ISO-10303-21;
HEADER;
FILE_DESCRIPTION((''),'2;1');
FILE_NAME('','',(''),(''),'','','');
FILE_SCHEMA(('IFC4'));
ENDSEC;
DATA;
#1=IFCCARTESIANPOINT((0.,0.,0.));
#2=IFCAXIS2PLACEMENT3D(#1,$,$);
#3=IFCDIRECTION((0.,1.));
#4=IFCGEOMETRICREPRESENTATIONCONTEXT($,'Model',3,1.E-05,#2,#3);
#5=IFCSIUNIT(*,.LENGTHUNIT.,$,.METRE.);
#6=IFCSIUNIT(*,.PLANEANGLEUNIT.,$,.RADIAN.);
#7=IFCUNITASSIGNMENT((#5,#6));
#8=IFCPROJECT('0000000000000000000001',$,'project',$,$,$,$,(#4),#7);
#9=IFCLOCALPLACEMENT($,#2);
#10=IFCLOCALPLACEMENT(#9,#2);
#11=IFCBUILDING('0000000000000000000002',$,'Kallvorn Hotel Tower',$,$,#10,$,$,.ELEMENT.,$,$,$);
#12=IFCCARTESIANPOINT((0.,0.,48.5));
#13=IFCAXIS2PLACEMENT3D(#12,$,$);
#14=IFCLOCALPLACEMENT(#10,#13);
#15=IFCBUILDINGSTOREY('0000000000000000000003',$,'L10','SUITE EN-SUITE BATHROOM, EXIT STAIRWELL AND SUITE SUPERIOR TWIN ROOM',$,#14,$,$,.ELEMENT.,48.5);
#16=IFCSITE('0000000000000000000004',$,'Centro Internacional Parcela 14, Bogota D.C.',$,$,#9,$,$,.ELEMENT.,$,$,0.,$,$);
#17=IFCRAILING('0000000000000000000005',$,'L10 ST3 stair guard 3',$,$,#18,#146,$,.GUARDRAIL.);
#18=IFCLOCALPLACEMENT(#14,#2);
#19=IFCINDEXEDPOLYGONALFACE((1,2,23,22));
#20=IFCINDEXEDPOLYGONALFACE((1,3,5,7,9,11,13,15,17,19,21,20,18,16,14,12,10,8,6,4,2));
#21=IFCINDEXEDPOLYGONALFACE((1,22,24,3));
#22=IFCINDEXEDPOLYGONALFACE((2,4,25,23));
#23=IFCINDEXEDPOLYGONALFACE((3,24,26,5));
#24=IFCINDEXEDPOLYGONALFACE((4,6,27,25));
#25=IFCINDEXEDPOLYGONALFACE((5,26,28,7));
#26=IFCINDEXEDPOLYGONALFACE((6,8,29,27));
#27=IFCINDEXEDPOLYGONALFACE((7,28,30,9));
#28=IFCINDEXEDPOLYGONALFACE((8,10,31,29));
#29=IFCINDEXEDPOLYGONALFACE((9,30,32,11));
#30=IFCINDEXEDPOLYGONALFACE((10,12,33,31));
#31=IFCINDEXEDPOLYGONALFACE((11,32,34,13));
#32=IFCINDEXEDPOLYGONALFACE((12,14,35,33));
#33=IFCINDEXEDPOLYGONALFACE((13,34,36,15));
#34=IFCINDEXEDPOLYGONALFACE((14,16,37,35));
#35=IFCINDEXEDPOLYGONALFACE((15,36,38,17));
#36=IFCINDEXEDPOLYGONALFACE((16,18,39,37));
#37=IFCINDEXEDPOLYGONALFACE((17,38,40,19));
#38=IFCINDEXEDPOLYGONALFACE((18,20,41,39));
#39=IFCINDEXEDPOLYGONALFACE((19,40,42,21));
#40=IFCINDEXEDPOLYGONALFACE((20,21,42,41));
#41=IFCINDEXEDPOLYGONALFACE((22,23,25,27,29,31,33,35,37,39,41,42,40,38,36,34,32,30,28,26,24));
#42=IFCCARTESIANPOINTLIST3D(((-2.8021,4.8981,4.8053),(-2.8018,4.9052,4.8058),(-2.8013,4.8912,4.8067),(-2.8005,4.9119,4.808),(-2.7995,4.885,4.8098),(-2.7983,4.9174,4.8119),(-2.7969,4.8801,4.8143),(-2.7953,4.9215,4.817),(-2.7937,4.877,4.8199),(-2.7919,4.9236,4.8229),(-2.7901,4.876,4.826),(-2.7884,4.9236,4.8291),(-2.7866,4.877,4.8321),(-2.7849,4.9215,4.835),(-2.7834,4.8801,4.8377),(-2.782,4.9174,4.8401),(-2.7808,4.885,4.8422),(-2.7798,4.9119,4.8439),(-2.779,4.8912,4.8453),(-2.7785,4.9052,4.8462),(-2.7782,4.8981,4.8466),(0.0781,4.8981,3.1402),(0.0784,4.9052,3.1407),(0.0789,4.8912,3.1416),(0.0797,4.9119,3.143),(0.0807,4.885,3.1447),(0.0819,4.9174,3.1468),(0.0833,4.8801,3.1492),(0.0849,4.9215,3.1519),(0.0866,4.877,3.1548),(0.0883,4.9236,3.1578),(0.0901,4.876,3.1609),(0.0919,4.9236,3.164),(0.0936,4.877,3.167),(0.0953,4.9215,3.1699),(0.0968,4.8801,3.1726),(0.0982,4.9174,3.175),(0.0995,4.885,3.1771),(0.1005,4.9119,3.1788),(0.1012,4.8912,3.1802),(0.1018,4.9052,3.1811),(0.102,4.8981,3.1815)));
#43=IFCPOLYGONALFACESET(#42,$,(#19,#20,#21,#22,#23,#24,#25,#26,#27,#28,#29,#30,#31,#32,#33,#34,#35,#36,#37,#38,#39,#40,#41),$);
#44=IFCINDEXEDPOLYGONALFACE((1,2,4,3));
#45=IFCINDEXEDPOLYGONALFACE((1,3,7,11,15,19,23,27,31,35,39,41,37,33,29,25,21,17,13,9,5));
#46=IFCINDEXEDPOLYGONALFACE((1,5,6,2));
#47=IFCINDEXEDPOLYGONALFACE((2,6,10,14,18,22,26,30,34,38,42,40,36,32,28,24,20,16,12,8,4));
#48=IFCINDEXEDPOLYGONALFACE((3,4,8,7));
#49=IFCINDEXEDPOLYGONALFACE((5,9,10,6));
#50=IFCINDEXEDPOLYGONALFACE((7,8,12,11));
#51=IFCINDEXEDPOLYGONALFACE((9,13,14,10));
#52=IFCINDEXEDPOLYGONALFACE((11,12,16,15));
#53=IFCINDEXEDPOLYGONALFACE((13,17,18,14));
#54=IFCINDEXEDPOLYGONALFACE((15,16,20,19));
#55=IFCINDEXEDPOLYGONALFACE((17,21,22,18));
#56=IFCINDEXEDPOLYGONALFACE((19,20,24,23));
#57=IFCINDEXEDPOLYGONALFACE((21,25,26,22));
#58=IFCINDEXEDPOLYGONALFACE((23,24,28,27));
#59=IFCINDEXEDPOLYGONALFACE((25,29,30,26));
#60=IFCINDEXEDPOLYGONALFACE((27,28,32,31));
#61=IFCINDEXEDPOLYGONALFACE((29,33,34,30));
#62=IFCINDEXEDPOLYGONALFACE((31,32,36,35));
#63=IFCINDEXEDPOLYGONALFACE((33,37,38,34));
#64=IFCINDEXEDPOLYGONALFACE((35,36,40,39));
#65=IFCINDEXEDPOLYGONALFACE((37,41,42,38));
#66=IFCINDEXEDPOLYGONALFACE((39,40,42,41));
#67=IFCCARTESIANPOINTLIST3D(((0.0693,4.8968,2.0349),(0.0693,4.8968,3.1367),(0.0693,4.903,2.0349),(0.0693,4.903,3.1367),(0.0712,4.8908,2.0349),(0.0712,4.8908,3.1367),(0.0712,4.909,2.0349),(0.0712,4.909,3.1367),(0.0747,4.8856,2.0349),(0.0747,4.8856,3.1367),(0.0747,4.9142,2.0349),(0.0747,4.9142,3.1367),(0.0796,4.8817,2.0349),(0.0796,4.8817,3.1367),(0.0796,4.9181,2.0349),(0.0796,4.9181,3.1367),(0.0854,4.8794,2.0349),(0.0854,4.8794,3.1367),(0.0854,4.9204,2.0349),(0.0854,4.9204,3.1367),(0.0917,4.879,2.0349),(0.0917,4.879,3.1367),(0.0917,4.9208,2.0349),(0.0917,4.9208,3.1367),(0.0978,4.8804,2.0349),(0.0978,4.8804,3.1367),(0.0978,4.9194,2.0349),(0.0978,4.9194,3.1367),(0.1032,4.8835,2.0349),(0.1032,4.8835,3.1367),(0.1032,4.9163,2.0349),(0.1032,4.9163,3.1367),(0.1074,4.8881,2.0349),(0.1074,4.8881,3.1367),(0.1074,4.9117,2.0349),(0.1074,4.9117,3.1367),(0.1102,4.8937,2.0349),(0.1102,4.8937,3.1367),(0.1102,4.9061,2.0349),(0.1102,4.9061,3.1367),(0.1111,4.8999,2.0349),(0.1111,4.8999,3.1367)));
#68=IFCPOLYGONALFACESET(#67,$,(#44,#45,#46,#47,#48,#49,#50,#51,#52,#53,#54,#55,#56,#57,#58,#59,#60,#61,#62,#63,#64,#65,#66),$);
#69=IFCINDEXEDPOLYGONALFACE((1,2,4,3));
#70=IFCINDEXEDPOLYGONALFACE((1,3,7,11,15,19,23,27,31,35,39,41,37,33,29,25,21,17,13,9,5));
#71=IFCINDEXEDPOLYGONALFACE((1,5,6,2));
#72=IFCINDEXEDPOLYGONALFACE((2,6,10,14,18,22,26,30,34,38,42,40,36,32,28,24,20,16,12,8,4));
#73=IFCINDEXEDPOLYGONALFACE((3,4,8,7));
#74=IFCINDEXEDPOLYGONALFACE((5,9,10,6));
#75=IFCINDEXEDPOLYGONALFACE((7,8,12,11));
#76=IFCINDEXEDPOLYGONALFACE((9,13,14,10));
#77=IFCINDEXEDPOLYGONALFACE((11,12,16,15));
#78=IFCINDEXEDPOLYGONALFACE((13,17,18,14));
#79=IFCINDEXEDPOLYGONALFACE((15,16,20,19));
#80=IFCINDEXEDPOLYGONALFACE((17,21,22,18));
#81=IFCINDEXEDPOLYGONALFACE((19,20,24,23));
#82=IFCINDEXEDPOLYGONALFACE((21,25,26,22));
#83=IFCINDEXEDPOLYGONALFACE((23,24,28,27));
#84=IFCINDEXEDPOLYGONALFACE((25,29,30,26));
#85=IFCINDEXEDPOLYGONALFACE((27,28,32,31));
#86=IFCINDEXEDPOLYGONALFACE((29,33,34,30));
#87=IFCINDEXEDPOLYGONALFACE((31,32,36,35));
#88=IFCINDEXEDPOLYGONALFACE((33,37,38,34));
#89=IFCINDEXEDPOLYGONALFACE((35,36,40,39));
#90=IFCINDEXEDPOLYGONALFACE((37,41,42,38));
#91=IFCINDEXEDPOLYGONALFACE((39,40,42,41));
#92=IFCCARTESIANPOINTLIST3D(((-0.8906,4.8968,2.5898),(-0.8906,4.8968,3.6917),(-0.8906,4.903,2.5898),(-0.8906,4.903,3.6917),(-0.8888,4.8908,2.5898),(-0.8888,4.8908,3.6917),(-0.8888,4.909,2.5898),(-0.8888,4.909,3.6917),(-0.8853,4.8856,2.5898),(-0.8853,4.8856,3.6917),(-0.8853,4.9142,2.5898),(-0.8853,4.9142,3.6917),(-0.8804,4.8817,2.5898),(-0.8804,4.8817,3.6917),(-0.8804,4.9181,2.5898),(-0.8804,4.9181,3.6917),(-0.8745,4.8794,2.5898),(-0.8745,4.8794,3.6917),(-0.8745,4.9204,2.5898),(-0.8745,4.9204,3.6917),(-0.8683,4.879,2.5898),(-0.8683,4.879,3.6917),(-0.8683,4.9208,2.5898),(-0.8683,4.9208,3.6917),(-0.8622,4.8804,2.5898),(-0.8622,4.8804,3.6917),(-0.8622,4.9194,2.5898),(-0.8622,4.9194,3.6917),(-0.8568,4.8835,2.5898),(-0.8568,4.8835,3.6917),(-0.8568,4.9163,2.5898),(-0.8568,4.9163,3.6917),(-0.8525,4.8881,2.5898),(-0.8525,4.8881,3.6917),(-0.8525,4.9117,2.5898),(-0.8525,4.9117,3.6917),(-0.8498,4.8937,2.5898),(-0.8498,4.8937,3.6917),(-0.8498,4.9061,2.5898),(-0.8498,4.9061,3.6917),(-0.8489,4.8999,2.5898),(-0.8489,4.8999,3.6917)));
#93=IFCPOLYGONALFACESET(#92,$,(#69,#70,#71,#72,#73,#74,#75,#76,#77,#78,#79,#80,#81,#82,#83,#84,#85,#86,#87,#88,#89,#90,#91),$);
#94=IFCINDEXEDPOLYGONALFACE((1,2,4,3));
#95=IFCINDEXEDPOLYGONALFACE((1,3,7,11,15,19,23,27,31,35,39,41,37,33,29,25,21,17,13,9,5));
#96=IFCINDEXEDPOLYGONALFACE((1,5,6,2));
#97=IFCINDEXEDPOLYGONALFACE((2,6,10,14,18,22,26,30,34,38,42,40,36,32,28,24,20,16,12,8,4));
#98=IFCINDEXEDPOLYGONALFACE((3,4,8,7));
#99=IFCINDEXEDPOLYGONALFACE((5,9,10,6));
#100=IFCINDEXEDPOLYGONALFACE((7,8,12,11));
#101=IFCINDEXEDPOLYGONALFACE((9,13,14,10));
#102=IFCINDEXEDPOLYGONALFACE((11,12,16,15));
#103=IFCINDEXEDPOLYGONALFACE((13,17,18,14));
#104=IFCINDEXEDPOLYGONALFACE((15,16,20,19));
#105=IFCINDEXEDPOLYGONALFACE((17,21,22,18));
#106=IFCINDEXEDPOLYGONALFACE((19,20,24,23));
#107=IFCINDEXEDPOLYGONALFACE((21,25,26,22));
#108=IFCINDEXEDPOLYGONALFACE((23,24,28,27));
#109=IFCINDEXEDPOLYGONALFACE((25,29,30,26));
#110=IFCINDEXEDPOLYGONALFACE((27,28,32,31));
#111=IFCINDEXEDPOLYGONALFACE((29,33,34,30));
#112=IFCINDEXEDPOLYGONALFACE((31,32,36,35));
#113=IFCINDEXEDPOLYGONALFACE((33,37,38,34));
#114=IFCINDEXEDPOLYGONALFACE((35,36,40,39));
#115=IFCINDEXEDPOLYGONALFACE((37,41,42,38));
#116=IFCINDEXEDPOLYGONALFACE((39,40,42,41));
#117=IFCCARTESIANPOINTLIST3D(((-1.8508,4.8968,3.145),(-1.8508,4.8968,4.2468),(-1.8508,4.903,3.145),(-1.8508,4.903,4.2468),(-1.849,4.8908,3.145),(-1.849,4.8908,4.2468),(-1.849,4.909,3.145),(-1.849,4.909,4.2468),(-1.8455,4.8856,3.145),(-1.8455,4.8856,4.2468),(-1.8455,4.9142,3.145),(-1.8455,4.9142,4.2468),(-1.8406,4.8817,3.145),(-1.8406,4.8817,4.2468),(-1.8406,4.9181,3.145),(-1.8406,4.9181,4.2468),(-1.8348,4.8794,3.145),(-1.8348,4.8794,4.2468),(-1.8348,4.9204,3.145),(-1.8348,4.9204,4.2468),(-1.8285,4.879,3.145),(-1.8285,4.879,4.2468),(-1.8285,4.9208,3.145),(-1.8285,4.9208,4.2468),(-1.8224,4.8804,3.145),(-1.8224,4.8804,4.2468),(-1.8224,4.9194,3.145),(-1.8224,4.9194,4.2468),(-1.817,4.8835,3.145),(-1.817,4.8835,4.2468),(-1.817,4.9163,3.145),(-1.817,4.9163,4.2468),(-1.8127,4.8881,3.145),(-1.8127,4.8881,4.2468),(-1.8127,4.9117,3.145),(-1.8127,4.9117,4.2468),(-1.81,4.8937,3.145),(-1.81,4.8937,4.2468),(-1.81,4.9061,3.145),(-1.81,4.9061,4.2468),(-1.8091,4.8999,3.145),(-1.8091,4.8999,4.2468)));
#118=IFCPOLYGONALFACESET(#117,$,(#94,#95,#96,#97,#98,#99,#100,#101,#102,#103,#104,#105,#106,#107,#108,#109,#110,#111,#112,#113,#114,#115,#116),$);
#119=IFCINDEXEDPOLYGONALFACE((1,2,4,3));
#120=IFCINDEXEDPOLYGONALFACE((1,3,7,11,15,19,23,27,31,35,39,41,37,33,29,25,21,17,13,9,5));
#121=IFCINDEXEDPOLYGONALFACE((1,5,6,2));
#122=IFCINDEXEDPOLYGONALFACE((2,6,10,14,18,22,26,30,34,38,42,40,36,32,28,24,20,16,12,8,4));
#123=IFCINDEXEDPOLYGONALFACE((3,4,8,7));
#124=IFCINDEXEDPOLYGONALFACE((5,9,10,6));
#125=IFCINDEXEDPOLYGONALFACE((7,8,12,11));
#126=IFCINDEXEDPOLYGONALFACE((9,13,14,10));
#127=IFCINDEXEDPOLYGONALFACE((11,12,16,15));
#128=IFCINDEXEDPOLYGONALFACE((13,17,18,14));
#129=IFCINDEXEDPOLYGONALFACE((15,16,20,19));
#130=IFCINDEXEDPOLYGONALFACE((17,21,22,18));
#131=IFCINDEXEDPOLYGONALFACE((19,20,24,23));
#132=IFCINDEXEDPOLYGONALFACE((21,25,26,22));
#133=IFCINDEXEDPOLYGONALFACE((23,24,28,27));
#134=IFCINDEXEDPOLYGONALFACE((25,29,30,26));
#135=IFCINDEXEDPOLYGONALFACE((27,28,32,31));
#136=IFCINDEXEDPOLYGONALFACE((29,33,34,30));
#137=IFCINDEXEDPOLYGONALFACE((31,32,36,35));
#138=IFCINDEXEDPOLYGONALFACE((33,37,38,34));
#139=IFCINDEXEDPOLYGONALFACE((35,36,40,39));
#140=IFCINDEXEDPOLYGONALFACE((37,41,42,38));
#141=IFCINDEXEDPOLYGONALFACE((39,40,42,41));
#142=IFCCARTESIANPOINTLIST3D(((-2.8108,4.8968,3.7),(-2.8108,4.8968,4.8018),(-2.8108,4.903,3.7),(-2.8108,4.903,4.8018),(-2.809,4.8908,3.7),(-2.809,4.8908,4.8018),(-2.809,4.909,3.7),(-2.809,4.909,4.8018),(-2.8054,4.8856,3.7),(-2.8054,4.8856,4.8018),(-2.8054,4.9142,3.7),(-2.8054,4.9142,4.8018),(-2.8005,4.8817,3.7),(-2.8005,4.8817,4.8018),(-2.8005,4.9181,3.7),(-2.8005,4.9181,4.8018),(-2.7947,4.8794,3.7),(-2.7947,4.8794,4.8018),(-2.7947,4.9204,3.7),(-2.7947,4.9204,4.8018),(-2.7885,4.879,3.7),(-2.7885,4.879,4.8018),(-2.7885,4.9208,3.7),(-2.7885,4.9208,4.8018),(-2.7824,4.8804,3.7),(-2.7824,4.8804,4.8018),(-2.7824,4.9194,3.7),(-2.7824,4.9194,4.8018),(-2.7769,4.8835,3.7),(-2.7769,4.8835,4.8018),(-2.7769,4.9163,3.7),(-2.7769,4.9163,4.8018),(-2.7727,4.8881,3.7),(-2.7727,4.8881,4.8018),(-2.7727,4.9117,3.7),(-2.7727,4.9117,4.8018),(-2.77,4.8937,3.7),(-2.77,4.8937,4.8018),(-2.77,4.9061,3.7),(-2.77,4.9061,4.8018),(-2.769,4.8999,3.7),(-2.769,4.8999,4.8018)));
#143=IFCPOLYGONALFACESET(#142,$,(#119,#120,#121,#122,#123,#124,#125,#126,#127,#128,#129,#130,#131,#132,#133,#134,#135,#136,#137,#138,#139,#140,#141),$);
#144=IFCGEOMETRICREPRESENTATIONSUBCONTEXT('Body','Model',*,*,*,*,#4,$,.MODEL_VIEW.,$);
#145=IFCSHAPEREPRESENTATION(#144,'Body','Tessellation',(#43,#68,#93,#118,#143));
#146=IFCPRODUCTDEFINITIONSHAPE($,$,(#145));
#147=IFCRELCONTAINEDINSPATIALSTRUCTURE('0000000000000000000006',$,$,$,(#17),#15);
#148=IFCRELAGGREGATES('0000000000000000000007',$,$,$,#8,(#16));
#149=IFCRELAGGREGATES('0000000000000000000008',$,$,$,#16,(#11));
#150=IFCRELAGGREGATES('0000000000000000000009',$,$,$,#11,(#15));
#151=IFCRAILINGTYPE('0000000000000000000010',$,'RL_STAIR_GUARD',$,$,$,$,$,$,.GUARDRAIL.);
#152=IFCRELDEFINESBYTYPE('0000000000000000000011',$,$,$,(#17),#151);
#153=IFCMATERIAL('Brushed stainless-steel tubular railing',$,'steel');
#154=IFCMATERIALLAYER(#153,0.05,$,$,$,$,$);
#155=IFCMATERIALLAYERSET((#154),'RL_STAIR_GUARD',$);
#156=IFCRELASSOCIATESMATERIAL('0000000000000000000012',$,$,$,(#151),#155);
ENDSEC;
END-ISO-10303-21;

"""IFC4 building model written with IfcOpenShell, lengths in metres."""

from ifc_helpers import new_model, si_unit, direction, frame, origin, origin_2d, place, context, subcontext, project, spatial, circle, extrude, material, layer, layer_set, type_object, element, save


model = new_model("IFC4")

# Units and contexts
model_context = context("Model", 3, precision=1e-05, world=origin(), true_north=direction((0.0, 1.0)))
body_context = subcontext(model_context, "Body", "Model", "MODEL_VIEW")
ifc_project = project(units=[si_unit("LENGTHUNIT", "METRE"), si_unit("PLANEANGLEUNIT", "RADIAN")], contexts=[model_context])

# Site, building, storey
site_placement = place(None, origin())
site = spatial("IfcSite", under=ifc_project, at=site_placement, Name="Centro Internacional Parcela 14, Bogota D.C.", CompositionType="ELEMENT", RefElevation=0.0)
building_placement = place(site_placement, origin())
building = spatial("IfcBuilding", under=site, at=building_placement, Name="Kallvorn Hotel Tower", CompositionType="ELEMENT")
storey_placement = place(building_placement, frame((0.0, 0.0, 48.5)))
storey = spatial("IfcBuildingStorey", under=building, at=storey_placement, Name="L10", Description="SUITE EN-SUITE BATHROOM, EXIT STAIRWELL AND SUITE SUPERIOR TWIN ROOM", CompositionType="ELEMENT", Elevation=48.5)

# Railing
ifc_material_1 = material(Name="Brushed stainless-steel tubular railing", Category="steel")
ifc_layer_1 = layer(ifc_material_1, 0.05)
ifc_layer_set_1 = layer_set([ifc_layer_1], Name="RL_STAIR_GUARD")
railing_type_1 = type_object("IfcRailingType", Name="RL_STAIR_GUARD", PredefinedType="GUARDRAIL", material=ifc_layer_set_1)
railing_1_placement = place(storey_placement, frame((0.0901, 4.8999, 2.0349)))
element("IfcRailing", 1, at=railing_1_placement, inside=storey, type_object=railing_type_1, Name="L10 ST3 stair guard 3", PredefinedType="GUARDRAIL", context=body_context, shape_type="SweptSolid", body=[
    extrude(circle(Radius=0.0239, at=origin_2d()), frame((0.0, 0.0, 1.126), z_axis=(-0.865739, 0.0, 0.500495), x_axis=(0.0, -1.0, 0.0)), (0.0, 0.0, 1.0), 3.3269),
    extrude(circle(Radius=0.021, at=origin_2d()), origin(), (0.0, 0.0, 1.0), 1.1018),
    extrude(circle(Radius=0.021, at=origin_2d()), frame((-0.96, 0.0, 0.5549)), (0.0, 0.0, 1.0), 1.1018),
    extrude(circle(Radius=0.021, at=origin_2d()), frame((-1.9202, 0.0, 1.1101)), (0.0, 0.0, 1.0), 1.1018),
    extrude(circle(Radius=0.021, at=origin_2d()), frame((-2.8801, 0.0, 1.665)), (0.0, 0.0, 1.0), 1.1018),
])

save(model, "model.ifc")
